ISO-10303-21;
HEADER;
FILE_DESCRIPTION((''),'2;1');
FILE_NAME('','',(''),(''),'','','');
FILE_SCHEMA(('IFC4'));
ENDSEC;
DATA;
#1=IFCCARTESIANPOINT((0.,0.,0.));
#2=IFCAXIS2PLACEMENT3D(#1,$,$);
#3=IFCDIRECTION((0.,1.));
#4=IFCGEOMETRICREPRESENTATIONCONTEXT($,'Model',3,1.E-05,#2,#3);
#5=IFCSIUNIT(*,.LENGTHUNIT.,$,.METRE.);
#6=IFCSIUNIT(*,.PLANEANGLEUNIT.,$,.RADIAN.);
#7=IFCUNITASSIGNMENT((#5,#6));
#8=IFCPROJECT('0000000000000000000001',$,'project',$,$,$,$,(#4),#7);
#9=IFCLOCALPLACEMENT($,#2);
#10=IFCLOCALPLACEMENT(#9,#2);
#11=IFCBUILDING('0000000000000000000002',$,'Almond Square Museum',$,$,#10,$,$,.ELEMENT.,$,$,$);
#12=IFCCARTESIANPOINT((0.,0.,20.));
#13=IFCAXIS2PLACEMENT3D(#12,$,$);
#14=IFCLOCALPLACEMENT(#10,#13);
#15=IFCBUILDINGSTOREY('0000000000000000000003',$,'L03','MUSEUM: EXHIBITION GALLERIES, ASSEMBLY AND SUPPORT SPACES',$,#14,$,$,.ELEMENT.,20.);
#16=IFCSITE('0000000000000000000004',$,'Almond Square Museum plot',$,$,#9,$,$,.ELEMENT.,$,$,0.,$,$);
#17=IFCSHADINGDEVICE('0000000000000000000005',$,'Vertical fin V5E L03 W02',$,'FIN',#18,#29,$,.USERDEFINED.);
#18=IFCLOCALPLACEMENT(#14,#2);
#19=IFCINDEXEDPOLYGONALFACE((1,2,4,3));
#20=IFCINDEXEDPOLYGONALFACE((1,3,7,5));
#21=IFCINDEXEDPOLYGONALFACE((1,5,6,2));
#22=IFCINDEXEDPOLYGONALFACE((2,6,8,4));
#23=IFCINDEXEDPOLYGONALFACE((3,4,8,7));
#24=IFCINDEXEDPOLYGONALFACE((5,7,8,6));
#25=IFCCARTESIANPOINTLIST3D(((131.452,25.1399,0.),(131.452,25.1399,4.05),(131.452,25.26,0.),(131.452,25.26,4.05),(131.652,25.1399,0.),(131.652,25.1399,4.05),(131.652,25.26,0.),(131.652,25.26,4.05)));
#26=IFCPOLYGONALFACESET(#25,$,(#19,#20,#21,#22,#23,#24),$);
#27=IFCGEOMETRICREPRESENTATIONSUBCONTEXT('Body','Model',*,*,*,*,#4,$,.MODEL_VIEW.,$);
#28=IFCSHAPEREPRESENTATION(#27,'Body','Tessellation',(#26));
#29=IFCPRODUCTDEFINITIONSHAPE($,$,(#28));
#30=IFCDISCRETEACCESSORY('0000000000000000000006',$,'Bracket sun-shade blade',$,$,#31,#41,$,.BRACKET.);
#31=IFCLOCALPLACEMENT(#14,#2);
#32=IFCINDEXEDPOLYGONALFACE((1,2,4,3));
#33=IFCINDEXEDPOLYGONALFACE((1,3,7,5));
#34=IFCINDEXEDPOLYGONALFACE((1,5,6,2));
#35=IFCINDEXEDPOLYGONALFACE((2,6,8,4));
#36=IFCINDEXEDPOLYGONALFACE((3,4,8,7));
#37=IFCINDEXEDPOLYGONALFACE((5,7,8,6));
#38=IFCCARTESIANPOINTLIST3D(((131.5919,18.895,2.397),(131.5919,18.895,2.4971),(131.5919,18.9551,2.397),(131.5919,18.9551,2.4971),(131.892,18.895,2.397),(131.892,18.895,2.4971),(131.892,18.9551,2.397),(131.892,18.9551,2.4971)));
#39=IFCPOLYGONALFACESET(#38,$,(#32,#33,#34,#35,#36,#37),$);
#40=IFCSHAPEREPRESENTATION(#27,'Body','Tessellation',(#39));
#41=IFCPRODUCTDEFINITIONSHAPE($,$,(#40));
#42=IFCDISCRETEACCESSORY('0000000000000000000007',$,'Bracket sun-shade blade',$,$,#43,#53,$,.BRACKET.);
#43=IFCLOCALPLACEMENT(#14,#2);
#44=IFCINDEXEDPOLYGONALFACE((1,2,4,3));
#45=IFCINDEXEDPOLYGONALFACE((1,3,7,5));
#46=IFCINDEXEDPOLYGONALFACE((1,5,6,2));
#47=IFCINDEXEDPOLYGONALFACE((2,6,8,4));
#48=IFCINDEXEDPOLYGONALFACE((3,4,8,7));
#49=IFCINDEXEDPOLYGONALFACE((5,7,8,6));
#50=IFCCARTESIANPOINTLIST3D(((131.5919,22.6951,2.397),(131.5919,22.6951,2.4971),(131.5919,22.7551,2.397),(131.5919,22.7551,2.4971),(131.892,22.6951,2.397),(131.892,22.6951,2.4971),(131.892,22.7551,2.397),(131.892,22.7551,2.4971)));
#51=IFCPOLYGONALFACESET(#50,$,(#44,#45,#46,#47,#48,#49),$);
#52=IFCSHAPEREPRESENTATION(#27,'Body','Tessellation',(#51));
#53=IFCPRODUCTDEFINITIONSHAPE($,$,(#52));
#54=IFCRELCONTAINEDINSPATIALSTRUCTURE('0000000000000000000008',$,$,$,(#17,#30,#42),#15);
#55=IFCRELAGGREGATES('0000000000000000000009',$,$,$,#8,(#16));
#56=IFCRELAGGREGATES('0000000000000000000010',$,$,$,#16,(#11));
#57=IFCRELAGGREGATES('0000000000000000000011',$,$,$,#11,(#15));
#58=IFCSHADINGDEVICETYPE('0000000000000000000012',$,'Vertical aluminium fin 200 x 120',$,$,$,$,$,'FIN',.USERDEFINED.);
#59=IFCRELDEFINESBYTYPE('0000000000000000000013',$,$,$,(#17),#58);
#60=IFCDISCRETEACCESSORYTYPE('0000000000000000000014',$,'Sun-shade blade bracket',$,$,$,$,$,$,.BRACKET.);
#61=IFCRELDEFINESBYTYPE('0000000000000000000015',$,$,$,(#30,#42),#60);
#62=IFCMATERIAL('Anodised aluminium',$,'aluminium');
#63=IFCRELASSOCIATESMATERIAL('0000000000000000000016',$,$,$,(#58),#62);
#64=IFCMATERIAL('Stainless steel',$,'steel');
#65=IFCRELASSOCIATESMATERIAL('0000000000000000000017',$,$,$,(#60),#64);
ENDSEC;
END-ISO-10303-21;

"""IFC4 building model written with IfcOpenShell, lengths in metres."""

from ifc_helpers import new_model, si_unit, direction, frame, origin, origin_2d, place, context, subcontext, project, spatial, rectangle, extrude, material, material_profile, profile_set, type_object, element, save


model = new_model("IFC4")

# Units and contexts
model_context = context("Model", 3, precision=1e-05, world=origin(), true_north=direction((0.0, 1.0)))
body_context = subcontext(model_context, "Body", "Model", "MODEL_VIEW")
ifc_project = project(units=[si_unit("LENGTHUNIT", "METRE"), si_unit("PLANEANGLEUNIT", "RADIAN")], contexts=[model_context])

# Site, building, storey
site_placement = place(None, origin())
site = spatial("IfcSite", under=ifc_project, at=site_placement, Name="Almond Square Museum plot", CompositionType="ELEMENT", RefElevation=0.0)
building_placement = place(site_placement, origin())
building = spatial("IfcBuilding", under=site, at=building_placement, Name="Almond Square Museum", CompositionType="ELEMENT")
storey_placement = place(building_placement, frame((0.0, 0.0, 20.0)))
storey = spatial("IfcBuildingStorey", under=building, at=storey_placement, Name="L03", Description="MUSEUM: EXHIBITION GALLERIES, ASSEMBLY AND SUPPORT SPACES", CompositionType="ELEMENT", Elevation=20.0)

# Shading device
ifc_material_1 = material(Name="Anodised aluminium", Category="aluminium")
ifc_material_profile_1 = material_profile(ifc_material_1, rectangle(XDim=0.2, YDim=0.1201, at=origin_2d()))
ifc_profile_set_1 = profile_set([ifc_material_profile_1], Name="Anodised aluminium")
shading_device_type_1 = type_object("IfcShadingDeviceType", Name="Vertical aluminium fin 200 x 120", ElementType="FIN", PredefinedType="USERDEFINED", material=ifc_profile_set_1)
shading_device_1_placement = place(storey_placement, frame((131.552, 25.2, 0.0), z_axis=(0.0, 0.0, 1.0), x_axis=(-1.0, 0.0, 0.0)))
element("IfcShadingDevice", 1, at=shading_device_1_placement, inside=storey, type_object=shading_device_type_1, Name="Vertical fin V5E L03 W02", ObjectType="FIN", PredefinedType="USERDEFINED", context=body_context, shape_type="SweptSolid", body=[
    extrude(rectangle(XDim=0.2, YDim=0.1201, at=origin_2d()), origin(), (0.0, 0.0, 1.0), 4.05),
])

# Discrete accessories
ifc_material_2 = material(Name="Stainless steel", Category="steel")
discrete_accessory_type = type_object("IfcDiscreteAccessoryType", Name="Sun-shade blade bracket", PredefinedType="BRACKET", material=ifc_material_2)
for number, where, z_axis, x_axis, name in (
    (2, (131.7419, 18.925, 2.397), (0.0, 0.0, 1.0), (1.0, 0.0, 0.0), "Bracket sun-shade blade"),
    (3, (131.7419, 22.7251, 2.397), (0.0, 0.0, 1.0), (1.0, 0.0, 0.0), "Bracket sun-shade blade"),
):
    element("IfcDiscreteAccessory", number, at=place(storey_placement, frame(where, z_axis=z_axis, x_axis=x_axis)), inside=storey, type_object=discrete_accessory_type, Name=name, PredefinedType="BRACKET", context=body_context, shape_type="SweptSolid", body=[
        extrude(rectangle(XDim=0.3, YDim=0.0601, at=origin_2d()), origin(), (0.0, 0.0, 1.0), 0.1001),
    ])

save(model, "model.ifc")
